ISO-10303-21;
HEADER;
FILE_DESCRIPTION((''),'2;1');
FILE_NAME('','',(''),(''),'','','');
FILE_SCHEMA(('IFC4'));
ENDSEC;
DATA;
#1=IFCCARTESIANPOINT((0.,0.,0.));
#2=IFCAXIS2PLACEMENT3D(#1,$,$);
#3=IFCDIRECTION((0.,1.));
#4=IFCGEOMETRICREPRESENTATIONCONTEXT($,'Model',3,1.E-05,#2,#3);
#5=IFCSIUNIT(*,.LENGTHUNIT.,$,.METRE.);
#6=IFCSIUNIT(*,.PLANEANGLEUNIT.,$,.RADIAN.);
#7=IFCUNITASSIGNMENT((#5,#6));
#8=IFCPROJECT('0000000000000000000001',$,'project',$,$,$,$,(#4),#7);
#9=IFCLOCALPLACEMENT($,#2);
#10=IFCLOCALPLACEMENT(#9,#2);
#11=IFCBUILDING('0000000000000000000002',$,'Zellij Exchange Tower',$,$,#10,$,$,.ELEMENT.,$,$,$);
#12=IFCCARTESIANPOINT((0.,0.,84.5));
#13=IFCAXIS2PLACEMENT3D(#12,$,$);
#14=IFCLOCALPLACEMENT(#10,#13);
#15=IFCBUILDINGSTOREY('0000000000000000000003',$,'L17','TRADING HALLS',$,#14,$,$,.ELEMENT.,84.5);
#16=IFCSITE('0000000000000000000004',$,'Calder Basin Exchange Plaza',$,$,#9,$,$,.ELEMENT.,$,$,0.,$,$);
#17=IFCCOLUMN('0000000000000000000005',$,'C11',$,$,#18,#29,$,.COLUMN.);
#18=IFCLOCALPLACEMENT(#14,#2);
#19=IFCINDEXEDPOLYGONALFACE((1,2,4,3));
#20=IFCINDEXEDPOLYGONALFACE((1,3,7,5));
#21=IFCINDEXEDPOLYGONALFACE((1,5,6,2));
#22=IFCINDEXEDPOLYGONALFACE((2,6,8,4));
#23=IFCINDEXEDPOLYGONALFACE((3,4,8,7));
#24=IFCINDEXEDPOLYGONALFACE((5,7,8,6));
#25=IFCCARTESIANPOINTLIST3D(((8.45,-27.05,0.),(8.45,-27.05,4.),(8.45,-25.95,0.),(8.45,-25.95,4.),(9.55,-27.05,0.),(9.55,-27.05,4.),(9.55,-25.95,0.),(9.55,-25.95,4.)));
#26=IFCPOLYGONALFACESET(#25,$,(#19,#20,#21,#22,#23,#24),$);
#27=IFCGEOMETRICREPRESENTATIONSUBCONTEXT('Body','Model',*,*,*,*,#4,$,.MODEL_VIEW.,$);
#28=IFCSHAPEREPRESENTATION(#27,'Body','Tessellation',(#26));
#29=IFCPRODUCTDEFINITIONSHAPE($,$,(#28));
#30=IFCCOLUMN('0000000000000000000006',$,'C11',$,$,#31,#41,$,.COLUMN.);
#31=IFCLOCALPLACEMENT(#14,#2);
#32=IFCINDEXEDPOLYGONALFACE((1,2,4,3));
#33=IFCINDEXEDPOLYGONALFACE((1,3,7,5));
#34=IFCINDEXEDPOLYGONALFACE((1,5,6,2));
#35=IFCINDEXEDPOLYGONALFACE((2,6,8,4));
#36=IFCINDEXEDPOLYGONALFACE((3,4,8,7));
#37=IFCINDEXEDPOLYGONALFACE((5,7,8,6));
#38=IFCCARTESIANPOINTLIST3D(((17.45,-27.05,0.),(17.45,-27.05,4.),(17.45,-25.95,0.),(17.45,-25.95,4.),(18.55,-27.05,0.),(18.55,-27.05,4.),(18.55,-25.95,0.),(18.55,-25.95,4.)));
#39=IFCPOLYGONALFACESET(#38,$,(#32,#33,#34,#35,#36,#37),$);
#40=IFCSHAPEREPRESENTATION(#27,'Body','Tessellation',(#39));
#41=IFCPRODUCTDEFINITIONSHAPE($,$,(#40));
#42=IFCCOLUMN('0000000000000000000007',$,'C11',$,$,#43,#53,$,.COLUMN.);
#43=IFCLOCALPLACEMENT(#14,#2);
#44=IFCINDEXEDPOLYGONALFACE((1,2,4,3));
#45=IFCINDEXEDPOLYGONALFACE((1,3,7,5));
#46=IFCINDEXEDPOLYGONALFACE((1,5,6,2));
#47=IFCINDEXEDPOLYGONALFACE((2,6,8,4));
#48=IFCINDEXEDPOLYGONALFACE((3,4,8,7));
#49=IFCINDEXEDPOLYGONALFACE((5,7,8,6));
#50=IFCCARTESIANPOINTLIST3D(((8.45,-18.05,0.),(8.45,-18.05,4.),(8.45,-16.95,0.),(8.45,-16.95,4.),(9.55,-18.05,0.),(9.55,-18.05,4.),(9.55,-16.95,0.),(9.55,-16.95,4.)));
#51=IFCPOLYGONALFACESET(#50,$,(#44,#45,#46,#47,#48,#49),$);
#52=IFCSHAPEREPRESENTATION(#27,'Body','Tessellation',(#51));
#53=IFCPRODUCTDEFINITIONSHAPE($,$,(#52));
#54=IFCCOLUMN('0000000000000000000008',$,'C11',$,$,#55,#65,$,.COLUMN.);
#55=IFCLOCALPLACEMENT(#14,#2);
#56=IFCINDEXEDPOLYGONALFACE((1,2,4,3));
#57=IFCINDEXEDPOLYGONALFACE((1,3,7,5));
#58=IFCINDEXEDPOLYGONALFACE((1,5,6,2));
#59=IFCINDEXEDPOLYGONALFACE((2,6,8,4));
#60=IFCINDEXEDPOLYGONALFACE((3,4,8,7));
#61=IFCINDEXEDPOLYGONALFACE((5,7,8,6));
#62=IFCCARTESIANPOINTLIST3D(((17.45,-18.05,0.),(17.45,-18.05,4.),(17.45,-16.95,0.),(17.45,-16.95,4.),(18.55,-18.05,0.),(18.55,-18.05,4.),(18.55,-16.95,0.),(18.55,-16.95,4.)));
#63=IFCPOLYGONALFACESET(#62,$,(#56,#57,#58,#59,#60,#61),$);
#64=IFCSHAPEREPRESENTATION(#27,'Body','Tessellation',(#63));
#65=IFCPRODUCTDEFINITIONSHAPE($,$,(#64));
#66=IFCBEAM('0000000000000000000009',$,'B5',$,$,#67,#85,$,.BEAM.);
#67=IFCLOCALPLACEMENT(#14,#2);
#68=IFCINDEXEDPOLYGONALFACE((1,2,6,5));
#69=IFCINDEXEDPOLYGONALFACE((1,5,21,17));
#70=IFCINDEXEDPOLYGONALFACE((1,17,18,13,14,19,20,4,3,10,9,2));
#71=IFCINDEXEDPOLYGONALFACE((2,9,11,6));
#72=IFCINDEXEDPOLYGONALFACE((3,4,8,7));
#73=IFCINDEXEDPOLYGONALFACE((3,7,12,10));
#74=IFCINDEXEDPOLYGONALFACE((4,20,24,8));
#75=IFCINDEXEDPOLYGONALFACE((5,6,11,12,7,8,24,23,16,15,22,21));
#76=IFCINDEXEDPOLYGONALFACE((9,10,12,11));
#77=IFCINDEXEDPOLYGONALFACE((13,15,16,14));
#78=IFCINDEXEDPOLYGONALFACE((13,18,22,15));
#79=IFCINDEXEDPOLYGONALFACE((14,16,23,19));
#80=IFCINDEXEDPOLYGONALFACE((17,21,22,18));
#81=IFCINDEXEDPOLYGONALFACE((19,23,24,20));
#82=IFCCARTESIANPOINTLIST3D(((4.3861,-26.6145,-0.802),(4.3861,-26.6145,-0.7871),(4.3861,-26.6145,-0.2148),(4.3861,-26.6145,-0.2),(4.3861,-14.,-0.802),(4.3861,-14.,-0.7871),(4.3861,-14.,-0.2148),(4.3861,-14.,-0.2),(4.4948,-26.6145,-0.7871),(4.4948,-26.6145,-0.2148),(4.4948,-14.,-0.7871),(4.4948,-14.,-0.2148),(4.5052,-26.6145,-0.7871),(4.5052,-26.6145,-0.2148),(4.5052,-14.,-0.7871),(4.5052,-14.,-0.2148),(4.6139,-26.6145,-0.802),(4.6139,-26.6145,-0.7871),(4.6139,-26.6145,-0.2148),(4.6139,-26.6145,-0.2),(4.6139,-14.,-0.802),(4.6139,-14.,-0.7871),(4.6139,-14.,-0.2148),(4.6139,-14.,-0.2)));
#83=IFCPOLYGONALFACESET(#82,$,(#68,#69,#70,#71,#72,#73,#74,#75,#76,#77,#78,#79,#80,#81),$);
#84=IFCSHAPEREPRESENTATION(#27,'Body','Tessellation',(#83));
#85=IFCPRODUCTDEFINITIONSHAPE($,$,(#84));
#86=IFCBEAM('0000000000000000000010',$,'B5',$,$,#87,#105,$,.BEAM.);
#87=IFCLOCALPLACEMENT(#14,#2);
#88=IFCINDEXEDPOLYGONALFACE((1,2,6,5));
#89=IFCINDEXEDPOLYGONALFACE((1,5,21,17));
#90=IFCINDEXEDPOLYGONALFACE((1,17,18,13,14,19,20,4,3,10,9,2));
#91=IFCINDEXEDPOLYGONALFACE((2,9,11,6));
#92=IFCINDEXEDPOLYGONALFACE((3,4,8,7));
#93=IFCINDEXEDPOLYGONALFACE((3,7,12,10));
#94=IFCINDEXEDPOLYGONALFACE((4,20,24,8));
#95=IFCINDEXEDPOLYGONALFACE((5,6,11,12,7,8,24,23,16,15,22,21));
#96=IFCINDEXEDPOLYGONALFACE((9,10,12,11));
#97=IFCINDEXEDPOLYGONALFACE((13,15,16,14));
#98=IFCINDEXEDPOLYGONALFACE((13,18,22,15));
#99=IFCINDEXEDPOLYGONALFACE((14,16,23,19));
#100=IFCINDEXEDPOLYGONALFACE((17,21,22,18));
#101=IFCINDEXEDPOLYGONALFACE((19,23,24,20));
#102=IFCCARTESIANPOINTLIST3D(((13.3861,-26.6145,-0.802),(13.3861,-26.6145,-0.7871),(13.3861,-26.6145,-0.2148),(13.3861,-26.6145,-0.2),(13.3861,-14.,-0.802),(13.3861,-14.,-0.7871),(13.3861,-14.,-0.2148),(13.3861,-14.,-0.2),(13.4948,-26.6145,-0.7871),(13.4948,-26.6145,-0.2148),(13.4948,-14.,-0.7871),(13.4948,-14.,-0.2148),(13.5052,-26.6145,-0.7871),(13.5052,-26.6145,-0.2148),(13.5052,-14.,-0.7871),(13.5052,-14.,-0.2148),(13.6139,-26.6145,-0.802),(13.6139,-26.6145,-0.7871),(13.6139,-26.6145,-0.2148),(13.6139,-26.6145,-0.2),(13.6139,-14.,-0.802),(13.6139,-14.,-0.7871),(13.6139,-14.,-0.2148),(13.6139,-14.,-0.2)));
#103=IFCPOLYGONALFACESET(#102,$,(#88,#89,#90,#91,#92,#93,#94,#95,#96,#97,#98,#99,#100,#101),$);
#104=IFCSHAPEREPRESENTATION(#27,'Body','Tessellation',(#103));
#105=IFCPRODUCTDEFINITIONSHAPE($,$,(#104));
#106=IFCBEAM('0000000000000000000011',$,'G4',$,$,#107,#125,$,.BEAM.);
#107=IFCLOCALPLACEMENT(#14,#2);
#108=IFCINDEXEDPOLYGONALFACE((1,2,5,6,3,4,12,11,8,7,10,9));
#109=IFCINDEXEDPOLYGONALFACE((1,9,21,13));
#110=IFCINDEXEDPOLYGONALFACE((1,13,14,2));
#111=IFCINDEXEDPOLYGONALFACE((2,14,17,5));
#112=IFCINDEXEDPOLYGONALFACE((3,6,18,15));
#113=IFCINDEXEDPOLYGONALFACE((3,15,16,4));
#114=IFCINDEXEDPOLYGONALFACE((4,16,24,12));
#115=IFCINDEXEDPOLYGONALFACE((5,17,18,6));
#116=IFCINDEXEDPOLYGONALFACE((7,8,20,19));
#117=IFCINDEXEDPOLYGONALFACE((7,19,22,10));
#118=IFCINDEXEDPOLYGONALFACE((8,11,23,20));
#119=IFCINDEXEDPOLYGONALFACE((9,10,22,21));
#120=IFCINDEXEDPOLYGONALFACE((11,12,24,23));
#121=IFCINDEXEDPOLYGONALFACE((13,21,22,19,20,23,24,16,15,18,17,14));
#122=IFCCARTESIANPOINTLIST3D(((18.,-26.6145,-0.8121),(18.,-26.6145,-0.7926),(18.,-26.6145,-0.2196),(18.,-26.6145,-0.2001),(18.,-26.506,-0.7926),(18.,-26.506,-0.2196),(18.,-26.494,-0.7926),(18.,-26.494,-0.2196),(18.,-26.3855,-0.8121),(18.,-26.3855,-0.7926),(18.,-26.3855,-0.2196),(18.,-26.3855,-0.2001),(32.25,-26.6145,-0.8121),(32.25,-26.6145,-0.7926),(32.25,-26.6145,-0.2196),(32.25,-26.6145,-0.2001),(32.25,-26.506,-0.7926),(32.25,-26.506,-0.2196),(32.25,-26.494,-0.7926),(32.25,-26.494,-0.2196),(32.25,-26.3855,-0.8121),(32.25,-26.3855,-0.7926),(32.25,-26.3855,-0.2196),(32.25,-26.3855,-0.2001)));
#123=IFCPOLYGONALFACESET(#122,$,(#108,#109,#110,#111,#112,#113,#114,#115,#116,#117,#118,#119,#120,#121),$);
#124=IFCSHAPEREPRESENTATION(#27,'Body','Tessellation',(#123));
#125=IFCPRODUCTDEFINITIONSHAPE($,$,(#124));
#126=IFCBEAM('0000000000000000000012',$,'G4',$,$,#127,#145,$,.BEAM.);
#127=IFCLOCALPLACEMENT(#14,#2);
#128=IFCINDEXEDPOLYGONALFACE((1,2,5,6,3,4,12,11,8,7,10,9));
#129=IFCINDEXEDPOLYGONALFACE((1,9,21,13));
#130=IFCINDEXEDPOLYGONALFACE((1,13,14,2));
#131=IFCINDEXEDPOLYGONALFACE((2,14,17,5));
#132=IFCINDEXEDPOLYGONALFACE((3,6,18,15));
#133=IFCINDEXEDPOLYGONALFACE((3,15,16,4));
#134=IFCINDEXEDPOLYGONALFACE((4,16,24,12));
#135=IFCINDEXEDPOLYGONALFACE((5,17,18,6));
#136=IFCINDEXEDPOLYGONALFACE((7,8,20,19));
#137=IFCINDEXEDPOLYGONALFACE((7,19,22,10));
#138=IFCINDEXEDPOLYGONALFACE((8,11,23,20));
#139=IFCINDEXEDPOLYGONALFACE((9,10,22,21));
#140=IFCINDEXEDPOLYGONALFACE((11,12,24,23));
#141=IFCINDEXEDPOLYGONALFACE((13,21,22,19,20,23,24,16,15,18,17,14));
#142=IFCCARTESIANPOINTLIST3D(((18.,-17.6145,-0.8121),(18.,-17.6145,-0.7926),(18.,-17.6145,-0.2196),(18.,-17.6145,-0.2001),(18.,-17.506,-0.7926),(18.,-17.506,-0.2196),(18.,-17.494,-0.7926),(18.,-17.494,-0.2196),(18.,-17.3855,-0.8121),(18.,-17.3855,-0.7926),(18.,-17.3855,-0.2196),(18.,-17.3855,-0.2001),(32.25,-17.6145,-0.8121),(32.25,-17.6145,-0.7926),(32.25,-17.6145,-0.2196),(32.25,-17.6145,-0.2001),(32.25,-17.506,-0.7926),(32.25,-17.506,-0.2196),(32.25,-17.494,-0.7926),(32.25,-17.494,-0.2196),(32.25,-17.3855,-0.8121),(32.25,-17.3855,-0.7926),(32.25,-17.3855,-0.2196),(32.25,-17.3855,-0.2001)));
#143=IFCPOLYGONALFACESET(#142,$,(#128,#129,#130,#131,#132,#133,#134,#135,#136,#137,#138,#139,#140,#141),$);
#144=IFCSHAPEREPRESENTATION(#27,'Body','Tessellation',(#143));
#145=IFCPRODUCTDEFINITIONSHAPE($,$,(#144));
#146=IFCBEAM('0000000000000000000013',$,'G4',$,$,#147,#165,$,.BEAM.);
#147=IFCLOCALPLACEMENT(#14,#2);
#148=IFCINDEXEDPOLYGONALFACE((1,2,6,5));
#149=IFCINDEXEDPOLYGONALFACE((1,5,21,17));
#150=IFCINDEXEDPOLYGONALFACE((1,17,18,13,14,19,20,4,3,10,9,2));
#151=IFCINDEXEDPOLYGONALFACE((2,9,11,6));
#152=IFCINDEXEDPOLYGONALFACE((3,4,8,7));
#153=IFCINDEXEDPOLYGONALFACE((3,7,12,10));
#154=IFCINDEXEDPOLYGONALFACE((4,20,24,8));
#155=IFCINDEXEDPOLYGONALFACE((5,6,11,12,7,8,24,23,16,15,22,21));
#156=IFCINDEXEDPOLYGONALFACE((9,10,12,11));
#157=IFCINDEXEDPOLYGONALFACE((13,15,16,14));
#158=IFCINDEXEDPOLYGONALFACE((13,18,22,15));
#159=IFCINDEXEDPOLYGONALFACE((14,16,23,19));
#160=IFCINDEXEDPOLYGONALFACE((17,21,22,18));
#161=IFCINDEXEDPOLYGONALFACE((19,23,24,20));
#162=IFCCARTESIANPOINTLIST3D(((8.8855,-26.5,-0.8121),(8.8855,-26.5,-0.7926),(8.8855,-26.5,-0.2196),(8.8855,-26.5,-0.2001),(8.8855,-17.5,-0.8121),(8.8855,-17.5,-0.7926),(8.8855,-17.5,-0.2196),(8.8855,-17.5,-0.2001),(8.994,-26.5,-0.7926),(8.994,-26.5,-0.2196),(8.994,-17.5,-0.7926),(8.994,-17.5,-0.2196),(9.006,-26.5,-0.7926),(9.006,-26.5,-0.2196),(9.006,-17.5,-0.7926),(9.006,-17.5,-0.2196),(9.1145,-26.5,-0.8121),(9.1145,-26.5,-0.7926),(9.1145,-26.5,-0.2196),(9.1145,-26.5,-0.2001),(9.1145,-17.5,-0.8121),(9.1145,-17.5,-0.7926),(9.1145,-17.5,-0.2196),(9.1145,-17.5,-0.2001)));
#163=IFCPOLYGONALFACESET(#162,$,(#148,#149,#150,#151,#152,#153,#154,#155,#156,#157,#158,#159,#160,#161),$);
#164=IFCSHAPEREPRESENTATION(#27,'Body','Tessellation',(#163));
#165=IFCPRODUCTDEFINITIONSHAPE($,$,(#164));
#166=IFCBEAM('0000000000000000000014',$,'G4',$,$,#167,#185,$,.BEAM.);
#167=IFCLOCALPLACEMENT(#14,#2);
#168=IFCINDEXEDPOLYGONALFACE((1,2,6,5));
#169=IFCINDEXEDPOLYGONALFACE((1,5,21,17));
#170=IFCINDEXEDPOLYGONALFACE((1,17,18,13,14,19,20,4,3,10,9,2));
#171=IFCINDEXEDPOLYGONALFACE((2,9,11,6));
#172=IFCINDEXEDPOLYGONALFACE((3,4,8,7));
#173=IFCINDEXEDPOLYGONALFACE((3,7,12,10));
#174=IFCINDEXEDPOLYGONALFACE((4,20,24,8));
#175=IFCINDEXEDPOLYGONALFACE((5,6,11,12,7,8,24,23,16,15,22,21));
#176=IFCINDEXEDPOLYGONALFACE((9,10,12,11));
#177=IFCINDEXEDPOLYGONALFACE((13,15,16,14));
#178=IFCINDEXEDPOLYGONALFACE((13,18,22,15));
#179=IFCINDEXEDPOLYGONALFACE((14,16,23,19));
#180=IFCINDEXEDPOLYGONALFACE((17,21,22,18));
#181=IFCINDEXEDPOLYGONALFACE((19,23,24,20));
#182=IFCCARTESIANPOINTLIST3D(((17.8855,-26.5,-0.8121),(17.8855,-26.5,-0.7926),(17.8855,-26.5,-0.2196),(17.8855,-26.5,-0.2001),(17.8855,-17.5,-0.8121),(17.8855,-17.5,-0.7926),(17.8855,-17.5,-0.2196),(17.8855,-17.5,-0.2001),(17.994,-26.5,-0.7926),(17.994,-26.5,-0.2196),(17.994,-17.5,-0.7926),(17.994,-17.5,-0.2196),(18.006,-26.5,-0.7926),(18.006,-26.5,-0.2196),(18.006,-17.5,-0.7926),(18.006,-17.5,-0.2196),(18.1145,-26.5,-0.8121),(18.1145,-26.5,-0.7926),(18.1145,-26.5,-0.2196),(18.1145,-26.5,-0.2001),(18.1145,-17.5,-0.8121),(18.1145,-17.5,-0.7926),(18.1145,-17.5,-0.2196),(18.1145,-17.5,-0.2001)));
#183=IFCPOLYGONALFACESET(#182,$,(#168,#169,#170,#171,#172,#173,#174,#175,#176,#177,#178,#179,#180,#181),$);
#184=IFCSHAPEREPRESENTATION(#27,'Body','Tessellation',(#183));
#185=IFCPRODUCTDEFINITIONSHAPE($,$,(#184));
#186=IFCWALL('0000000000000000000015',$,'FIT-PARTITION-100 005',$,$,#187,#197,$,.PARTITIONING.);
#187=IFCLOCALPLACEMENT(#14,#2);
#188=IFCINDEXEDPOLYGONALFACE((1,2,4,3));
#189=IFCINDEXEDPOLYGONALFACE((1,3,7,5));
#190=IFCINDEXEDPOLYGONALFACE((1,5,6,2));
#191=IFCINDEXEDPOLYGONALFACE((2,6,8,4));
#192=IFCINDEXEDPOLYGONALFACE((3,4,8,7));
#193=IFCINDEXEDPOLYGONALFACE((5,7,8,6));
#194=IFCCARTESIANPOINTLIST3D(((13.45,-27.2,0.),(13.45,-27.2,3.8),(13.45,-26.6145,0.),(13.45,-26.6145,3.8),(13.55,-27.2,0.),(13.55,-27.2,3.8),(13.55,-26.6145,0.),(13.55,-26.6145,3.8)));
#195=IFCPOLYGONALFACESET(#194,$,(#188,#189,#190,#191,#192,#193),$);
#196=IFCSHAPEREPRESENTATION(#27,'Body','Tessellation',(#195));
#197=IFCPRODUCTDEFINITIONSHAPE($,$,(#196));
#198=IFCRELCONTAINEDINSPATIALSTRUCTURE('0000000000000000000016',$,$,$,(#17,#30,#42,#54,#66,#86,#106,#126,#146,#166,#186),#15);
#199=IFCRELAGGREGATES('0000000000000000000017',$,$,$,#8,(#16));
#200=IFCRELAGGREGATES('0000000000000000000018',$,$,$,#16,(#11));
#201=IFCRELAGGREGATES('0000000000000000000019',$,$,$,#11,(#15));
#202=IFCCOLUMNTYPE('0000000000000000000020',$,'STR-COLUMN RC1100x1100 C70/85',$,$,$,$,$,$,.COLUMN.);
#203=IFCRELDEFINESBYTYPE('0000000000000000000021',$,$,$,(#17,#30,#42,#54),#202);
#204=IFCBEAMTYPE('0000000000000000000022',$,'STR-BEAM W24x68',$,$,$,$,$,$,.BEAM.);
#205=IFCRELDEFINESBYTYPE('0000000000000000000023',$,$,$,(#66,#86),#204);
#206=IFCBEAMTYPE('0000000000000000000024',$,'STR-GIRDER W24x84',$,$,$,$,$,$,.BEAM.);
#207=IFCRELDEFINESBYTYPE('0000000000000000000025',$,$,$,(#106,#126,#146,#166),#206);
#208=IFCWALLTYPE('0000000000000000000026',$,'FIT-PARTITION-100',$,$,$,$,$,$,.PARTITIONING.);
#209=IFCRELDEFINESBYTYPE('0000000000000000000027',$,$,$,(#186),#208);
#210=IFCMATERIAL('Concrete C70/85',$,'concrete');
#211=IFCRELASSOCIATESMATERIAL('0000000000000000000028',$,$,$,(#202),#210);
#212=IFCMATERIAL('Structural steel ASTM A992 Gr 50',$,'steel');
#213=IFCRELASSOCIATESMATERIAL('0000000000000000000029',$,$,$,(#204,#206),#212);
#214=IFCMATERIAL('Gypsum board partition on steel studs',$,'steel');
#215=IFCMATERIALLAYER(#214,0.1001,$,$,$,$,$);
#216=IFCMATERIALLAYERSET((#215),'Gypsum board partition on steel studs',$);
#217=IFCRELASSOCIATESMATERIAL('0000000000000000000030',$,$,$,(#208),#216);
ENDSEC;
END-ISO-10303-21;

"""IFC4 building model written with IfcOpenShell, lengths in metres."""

from ifc_helpers import new_model, si_unit, direction, frame, frame_2d, origin, origin_2d, place, context, subcontext, project, spatial, rectangle, i_section, extrude, material, layer, layer_set, material_profile, profile_set, type_object, element, save


model = new_model("IFC4")

# Units and contexts
model_context = context("Model", 3, precision=1e-05, world=origin(), true_north=direction((0.0, 1.0)))
body_context = subcontext(model_context, "Body", "Model", "MODEL_VIEW")
ifc_project = project(units=[si_unit("LENGTHUNIT", "METRE"), si_unit("PLANEANGLEUNIT", "RADIAN")], contexts=[model_context])

# Site, building, storey
site_placement = place(None, origin())
site = spatial("IfcSite", under=ifc_project, at=site_placement, Name="Calder Basin Exchange Plaza", CompositionType="ELEMENT", RefElevation=0.0)
building_placement = place(site_placement, origin())
building = spatial("IfcBuilding", under=site, at=building_placement, Name="Zellij Exchange Tower", CompositionType="ELEMENT")
storey_placement = place(building_placement, frame((0.0, 0.0, 84.5)))
storey = spatial("IfcBuildingStorey", under=building, at=storey_placement, Name="L17", Description="TRADING HALLS", CompositionType="ELEMENT", Elevation=84.5)

# Columns
ifc_material_1 = material(Name="Concrete C70/85", Category="concrete")
ifc_material_profile_1 = material_profile(ifc_material_1, rectangle(XDim=1.1001, YDim=1.1001, at=origin_2d()), Name="STR-COLUMN RC1100x1100 C70/85")
ifc_profile_set_1 = profile_set([ifc_material_profile_1], Name="Concrete C70/85")
column_type = type_object("IfcColumnType", Name="STR-COLUMN RC1100x1100 C70/85", PredefinedType="COLUMN", material=ifc_profile_set_1)
for number, where, z_axis, x_axis, name in (
    (1, (9.0, -26.5, 0.0), (0.0, 0.0, 1.0), (1.0, 0.0, 0.0), "C11"),
    (2, (18.0, -26.5, 0.0), (0.0, 0.0, 1.0), (1.0, 0.0, 0.0), "C11"),
    (3, (9.0, -17.5, 0.0), (0.0, 0.0, 1.0), (1.0, 0.0, 0.0), "C11"),
    (4, (18.0, -17.5, 0.0), (0.0, 0.0, 1.0), (1.0, 0.0, 0.0), "C11"),
):
    element("IfcColumn", number, at=place(storey_placement, frame(where, z_axis=z_axis, x_axis=x_axis)), inside=storey, type_object=column_type, Name=name, PredefinedType="COLUMN", context=body_context, shape_type="SweptSolid", body=[
        extrude(rectangle(XDim=1.1001, YDim=1.1001, at=origin_2d()), origin(), (0.0, 0.0, 1.0), 4.0),
    ])

# Beams
ifc_material_2 = material(Name="Structural steel ASTM A992 Gr 50", Category="steel")
ifc_material_profile_2 = material_profile(ifc_material_2, i_section(OverallWidth=0.2278, OverallDepth=0.6021, WebThickness=0.0105, FlangeThickness=0.0149, at=origin_2d()), Name="W24x68")
ifc_profile_set_2 = profile_set([ifc_material_profile_2], Name="Structural steel ASTM A992 Gr 50")
beam_type_1 = type_object("IfcBeamType", Name="STR-BEAM W24x68", PredefinedType="BEAM", material=ifc_profile_set_2)
for number, where, z_axis, x_axis, name in (
    (5, (4.5, -26.6145, -0.501), (0.0, 1.0, 0.0), (-1.0, 0.0, 0.0), "B5"),
    (6, (13.5, -26.6145, -0.501), (0.0, 1.0, 0.0), (-1.0, 0.0, 0.0), "B5"),
):
    element("IfcBeam", number, at=place(storey_placement, frame(where, z_axis=z_axis, x_axis=x_axis)), inside=storey, type_object=beam_type_1, Name=name, PredefinedType="BEAM", context=body_context, shape_type="SweptSolid", body=[
        extrude(i_section(OverallWidth=0.2278, OverallDepth=0.6021, WebThickness=0.0105, FlangeThickness=0.0149, at=origin_2d()), origin(), (0.0, 0.0, 1.0), 12.6145),
    ])
ifc_material_profile_3 = material_profile(ifc_material_2, i_section(OverallWidth=0.229, OverallDepth=0.6121, WebThickness=0.012, FlangeThickness=0.0195, at=origin_2d()), Name="W24x84")
ifc_profile_set_3 = profile_set([ifc_material_profile_3], Name="Structural steel ASTM A992 Gr 50")
beam_type_2 = type_object("IfcBeamType", Name="STR-GIRDER W24x84", PredefinedType="BEAM", material=ifc_profile_set_3)
for number, where, z_axis, x_axis, name in (
    (7, (18.0, -26.5, -0.5061), (1.0, 0.0, 0.0), (0.0, 1.0, 0.0), "G4"),
    (8, (18.0, -17.5, -0.5061), (1.0, 0.0, 0.0), (0.0, 1.0, 0.0), "G4"),
):
    element("IfcBeam", number, at=place(storey_placement, frame(where, z_axis=z_axis, x_axis=x_axis)), inside=storey, type_object=beam_type_2, Name=name, PredefinedType="BEAM", context=body_context, shape_type="SweptSolid", body=[
        extrude(i_section(OverallWidth=0.229, OverallDepth=0.6121, WebThickness=0.012, FlangeThickness=0.0195, at=origin_2d()), origin(), (0.0, 0.0, 1.0), 14.25),
    ])
for number, where, z_axis, x_axis, name in (
    (9, (9.0, -26.5, -0.5061), (0.0, 1.0, 0.0), (-1.0, 0.0, 0.0), "G4"),
    (10, (18.0, -26.5, -0.5061), (0.0, 1.0, 0.0), (-1.0, 0.0, 0.0), "G4"),
):
    element("IfcBeam", number, at=place(storey_placement, frame(where, z_axis=z_axis, x_axis=x_axis)), inside=storey, type_object=beam_type_2, Name=name, PredefinedType="BEAM", context=body_context, shape_type="SweptSolid", body=[
        extrude(i_section(OverallWidth=0.229, OverallDepth=0.6121, WebThickness=0.012, FlangeThickness=0.0195, at=origin_2d()), origin(), (0.0, 0.0, 1.0), 9.0),
    ])

# Wall
ifc_material_3 = material(Name="Gypsum board partition on steel studs", Category="steel")
ifc_layer_1 = layer(ifc_material_3, 0.1001)
ifc_layer_set_1 = layer_set([ifc_layer_1], Name="Gypsum board partition on steel studs")
wall_type = type_object("IfcWallType", Name="FIT-PARTITION-100", PredefinedType="PARTITIONING", material=ifc_layer_set_1)
wall_1_placement = place(storey_placement, frame((13.5, -27.2, 0.0), z_axis=(0.0, 0.0, 1.0), x_axis=(0.0, 1.0, 0.0)))
element("IfcWall", 11, at=wall_1_placement, inside=storey, type_object=wall_type, Name="FIT-PARTITION-100 005", PredefinedType="PARTITIONING", context=body_context, shape_type="SweptSolid", body=[
    extrude(rectangle(XDim=0.5854, YDim=0.1001, at=frame_2d((0.2927, 0.0))), origin(), (0.0, 0.0, 1.0), 3.8),
])

save(model, "model.ifc")
